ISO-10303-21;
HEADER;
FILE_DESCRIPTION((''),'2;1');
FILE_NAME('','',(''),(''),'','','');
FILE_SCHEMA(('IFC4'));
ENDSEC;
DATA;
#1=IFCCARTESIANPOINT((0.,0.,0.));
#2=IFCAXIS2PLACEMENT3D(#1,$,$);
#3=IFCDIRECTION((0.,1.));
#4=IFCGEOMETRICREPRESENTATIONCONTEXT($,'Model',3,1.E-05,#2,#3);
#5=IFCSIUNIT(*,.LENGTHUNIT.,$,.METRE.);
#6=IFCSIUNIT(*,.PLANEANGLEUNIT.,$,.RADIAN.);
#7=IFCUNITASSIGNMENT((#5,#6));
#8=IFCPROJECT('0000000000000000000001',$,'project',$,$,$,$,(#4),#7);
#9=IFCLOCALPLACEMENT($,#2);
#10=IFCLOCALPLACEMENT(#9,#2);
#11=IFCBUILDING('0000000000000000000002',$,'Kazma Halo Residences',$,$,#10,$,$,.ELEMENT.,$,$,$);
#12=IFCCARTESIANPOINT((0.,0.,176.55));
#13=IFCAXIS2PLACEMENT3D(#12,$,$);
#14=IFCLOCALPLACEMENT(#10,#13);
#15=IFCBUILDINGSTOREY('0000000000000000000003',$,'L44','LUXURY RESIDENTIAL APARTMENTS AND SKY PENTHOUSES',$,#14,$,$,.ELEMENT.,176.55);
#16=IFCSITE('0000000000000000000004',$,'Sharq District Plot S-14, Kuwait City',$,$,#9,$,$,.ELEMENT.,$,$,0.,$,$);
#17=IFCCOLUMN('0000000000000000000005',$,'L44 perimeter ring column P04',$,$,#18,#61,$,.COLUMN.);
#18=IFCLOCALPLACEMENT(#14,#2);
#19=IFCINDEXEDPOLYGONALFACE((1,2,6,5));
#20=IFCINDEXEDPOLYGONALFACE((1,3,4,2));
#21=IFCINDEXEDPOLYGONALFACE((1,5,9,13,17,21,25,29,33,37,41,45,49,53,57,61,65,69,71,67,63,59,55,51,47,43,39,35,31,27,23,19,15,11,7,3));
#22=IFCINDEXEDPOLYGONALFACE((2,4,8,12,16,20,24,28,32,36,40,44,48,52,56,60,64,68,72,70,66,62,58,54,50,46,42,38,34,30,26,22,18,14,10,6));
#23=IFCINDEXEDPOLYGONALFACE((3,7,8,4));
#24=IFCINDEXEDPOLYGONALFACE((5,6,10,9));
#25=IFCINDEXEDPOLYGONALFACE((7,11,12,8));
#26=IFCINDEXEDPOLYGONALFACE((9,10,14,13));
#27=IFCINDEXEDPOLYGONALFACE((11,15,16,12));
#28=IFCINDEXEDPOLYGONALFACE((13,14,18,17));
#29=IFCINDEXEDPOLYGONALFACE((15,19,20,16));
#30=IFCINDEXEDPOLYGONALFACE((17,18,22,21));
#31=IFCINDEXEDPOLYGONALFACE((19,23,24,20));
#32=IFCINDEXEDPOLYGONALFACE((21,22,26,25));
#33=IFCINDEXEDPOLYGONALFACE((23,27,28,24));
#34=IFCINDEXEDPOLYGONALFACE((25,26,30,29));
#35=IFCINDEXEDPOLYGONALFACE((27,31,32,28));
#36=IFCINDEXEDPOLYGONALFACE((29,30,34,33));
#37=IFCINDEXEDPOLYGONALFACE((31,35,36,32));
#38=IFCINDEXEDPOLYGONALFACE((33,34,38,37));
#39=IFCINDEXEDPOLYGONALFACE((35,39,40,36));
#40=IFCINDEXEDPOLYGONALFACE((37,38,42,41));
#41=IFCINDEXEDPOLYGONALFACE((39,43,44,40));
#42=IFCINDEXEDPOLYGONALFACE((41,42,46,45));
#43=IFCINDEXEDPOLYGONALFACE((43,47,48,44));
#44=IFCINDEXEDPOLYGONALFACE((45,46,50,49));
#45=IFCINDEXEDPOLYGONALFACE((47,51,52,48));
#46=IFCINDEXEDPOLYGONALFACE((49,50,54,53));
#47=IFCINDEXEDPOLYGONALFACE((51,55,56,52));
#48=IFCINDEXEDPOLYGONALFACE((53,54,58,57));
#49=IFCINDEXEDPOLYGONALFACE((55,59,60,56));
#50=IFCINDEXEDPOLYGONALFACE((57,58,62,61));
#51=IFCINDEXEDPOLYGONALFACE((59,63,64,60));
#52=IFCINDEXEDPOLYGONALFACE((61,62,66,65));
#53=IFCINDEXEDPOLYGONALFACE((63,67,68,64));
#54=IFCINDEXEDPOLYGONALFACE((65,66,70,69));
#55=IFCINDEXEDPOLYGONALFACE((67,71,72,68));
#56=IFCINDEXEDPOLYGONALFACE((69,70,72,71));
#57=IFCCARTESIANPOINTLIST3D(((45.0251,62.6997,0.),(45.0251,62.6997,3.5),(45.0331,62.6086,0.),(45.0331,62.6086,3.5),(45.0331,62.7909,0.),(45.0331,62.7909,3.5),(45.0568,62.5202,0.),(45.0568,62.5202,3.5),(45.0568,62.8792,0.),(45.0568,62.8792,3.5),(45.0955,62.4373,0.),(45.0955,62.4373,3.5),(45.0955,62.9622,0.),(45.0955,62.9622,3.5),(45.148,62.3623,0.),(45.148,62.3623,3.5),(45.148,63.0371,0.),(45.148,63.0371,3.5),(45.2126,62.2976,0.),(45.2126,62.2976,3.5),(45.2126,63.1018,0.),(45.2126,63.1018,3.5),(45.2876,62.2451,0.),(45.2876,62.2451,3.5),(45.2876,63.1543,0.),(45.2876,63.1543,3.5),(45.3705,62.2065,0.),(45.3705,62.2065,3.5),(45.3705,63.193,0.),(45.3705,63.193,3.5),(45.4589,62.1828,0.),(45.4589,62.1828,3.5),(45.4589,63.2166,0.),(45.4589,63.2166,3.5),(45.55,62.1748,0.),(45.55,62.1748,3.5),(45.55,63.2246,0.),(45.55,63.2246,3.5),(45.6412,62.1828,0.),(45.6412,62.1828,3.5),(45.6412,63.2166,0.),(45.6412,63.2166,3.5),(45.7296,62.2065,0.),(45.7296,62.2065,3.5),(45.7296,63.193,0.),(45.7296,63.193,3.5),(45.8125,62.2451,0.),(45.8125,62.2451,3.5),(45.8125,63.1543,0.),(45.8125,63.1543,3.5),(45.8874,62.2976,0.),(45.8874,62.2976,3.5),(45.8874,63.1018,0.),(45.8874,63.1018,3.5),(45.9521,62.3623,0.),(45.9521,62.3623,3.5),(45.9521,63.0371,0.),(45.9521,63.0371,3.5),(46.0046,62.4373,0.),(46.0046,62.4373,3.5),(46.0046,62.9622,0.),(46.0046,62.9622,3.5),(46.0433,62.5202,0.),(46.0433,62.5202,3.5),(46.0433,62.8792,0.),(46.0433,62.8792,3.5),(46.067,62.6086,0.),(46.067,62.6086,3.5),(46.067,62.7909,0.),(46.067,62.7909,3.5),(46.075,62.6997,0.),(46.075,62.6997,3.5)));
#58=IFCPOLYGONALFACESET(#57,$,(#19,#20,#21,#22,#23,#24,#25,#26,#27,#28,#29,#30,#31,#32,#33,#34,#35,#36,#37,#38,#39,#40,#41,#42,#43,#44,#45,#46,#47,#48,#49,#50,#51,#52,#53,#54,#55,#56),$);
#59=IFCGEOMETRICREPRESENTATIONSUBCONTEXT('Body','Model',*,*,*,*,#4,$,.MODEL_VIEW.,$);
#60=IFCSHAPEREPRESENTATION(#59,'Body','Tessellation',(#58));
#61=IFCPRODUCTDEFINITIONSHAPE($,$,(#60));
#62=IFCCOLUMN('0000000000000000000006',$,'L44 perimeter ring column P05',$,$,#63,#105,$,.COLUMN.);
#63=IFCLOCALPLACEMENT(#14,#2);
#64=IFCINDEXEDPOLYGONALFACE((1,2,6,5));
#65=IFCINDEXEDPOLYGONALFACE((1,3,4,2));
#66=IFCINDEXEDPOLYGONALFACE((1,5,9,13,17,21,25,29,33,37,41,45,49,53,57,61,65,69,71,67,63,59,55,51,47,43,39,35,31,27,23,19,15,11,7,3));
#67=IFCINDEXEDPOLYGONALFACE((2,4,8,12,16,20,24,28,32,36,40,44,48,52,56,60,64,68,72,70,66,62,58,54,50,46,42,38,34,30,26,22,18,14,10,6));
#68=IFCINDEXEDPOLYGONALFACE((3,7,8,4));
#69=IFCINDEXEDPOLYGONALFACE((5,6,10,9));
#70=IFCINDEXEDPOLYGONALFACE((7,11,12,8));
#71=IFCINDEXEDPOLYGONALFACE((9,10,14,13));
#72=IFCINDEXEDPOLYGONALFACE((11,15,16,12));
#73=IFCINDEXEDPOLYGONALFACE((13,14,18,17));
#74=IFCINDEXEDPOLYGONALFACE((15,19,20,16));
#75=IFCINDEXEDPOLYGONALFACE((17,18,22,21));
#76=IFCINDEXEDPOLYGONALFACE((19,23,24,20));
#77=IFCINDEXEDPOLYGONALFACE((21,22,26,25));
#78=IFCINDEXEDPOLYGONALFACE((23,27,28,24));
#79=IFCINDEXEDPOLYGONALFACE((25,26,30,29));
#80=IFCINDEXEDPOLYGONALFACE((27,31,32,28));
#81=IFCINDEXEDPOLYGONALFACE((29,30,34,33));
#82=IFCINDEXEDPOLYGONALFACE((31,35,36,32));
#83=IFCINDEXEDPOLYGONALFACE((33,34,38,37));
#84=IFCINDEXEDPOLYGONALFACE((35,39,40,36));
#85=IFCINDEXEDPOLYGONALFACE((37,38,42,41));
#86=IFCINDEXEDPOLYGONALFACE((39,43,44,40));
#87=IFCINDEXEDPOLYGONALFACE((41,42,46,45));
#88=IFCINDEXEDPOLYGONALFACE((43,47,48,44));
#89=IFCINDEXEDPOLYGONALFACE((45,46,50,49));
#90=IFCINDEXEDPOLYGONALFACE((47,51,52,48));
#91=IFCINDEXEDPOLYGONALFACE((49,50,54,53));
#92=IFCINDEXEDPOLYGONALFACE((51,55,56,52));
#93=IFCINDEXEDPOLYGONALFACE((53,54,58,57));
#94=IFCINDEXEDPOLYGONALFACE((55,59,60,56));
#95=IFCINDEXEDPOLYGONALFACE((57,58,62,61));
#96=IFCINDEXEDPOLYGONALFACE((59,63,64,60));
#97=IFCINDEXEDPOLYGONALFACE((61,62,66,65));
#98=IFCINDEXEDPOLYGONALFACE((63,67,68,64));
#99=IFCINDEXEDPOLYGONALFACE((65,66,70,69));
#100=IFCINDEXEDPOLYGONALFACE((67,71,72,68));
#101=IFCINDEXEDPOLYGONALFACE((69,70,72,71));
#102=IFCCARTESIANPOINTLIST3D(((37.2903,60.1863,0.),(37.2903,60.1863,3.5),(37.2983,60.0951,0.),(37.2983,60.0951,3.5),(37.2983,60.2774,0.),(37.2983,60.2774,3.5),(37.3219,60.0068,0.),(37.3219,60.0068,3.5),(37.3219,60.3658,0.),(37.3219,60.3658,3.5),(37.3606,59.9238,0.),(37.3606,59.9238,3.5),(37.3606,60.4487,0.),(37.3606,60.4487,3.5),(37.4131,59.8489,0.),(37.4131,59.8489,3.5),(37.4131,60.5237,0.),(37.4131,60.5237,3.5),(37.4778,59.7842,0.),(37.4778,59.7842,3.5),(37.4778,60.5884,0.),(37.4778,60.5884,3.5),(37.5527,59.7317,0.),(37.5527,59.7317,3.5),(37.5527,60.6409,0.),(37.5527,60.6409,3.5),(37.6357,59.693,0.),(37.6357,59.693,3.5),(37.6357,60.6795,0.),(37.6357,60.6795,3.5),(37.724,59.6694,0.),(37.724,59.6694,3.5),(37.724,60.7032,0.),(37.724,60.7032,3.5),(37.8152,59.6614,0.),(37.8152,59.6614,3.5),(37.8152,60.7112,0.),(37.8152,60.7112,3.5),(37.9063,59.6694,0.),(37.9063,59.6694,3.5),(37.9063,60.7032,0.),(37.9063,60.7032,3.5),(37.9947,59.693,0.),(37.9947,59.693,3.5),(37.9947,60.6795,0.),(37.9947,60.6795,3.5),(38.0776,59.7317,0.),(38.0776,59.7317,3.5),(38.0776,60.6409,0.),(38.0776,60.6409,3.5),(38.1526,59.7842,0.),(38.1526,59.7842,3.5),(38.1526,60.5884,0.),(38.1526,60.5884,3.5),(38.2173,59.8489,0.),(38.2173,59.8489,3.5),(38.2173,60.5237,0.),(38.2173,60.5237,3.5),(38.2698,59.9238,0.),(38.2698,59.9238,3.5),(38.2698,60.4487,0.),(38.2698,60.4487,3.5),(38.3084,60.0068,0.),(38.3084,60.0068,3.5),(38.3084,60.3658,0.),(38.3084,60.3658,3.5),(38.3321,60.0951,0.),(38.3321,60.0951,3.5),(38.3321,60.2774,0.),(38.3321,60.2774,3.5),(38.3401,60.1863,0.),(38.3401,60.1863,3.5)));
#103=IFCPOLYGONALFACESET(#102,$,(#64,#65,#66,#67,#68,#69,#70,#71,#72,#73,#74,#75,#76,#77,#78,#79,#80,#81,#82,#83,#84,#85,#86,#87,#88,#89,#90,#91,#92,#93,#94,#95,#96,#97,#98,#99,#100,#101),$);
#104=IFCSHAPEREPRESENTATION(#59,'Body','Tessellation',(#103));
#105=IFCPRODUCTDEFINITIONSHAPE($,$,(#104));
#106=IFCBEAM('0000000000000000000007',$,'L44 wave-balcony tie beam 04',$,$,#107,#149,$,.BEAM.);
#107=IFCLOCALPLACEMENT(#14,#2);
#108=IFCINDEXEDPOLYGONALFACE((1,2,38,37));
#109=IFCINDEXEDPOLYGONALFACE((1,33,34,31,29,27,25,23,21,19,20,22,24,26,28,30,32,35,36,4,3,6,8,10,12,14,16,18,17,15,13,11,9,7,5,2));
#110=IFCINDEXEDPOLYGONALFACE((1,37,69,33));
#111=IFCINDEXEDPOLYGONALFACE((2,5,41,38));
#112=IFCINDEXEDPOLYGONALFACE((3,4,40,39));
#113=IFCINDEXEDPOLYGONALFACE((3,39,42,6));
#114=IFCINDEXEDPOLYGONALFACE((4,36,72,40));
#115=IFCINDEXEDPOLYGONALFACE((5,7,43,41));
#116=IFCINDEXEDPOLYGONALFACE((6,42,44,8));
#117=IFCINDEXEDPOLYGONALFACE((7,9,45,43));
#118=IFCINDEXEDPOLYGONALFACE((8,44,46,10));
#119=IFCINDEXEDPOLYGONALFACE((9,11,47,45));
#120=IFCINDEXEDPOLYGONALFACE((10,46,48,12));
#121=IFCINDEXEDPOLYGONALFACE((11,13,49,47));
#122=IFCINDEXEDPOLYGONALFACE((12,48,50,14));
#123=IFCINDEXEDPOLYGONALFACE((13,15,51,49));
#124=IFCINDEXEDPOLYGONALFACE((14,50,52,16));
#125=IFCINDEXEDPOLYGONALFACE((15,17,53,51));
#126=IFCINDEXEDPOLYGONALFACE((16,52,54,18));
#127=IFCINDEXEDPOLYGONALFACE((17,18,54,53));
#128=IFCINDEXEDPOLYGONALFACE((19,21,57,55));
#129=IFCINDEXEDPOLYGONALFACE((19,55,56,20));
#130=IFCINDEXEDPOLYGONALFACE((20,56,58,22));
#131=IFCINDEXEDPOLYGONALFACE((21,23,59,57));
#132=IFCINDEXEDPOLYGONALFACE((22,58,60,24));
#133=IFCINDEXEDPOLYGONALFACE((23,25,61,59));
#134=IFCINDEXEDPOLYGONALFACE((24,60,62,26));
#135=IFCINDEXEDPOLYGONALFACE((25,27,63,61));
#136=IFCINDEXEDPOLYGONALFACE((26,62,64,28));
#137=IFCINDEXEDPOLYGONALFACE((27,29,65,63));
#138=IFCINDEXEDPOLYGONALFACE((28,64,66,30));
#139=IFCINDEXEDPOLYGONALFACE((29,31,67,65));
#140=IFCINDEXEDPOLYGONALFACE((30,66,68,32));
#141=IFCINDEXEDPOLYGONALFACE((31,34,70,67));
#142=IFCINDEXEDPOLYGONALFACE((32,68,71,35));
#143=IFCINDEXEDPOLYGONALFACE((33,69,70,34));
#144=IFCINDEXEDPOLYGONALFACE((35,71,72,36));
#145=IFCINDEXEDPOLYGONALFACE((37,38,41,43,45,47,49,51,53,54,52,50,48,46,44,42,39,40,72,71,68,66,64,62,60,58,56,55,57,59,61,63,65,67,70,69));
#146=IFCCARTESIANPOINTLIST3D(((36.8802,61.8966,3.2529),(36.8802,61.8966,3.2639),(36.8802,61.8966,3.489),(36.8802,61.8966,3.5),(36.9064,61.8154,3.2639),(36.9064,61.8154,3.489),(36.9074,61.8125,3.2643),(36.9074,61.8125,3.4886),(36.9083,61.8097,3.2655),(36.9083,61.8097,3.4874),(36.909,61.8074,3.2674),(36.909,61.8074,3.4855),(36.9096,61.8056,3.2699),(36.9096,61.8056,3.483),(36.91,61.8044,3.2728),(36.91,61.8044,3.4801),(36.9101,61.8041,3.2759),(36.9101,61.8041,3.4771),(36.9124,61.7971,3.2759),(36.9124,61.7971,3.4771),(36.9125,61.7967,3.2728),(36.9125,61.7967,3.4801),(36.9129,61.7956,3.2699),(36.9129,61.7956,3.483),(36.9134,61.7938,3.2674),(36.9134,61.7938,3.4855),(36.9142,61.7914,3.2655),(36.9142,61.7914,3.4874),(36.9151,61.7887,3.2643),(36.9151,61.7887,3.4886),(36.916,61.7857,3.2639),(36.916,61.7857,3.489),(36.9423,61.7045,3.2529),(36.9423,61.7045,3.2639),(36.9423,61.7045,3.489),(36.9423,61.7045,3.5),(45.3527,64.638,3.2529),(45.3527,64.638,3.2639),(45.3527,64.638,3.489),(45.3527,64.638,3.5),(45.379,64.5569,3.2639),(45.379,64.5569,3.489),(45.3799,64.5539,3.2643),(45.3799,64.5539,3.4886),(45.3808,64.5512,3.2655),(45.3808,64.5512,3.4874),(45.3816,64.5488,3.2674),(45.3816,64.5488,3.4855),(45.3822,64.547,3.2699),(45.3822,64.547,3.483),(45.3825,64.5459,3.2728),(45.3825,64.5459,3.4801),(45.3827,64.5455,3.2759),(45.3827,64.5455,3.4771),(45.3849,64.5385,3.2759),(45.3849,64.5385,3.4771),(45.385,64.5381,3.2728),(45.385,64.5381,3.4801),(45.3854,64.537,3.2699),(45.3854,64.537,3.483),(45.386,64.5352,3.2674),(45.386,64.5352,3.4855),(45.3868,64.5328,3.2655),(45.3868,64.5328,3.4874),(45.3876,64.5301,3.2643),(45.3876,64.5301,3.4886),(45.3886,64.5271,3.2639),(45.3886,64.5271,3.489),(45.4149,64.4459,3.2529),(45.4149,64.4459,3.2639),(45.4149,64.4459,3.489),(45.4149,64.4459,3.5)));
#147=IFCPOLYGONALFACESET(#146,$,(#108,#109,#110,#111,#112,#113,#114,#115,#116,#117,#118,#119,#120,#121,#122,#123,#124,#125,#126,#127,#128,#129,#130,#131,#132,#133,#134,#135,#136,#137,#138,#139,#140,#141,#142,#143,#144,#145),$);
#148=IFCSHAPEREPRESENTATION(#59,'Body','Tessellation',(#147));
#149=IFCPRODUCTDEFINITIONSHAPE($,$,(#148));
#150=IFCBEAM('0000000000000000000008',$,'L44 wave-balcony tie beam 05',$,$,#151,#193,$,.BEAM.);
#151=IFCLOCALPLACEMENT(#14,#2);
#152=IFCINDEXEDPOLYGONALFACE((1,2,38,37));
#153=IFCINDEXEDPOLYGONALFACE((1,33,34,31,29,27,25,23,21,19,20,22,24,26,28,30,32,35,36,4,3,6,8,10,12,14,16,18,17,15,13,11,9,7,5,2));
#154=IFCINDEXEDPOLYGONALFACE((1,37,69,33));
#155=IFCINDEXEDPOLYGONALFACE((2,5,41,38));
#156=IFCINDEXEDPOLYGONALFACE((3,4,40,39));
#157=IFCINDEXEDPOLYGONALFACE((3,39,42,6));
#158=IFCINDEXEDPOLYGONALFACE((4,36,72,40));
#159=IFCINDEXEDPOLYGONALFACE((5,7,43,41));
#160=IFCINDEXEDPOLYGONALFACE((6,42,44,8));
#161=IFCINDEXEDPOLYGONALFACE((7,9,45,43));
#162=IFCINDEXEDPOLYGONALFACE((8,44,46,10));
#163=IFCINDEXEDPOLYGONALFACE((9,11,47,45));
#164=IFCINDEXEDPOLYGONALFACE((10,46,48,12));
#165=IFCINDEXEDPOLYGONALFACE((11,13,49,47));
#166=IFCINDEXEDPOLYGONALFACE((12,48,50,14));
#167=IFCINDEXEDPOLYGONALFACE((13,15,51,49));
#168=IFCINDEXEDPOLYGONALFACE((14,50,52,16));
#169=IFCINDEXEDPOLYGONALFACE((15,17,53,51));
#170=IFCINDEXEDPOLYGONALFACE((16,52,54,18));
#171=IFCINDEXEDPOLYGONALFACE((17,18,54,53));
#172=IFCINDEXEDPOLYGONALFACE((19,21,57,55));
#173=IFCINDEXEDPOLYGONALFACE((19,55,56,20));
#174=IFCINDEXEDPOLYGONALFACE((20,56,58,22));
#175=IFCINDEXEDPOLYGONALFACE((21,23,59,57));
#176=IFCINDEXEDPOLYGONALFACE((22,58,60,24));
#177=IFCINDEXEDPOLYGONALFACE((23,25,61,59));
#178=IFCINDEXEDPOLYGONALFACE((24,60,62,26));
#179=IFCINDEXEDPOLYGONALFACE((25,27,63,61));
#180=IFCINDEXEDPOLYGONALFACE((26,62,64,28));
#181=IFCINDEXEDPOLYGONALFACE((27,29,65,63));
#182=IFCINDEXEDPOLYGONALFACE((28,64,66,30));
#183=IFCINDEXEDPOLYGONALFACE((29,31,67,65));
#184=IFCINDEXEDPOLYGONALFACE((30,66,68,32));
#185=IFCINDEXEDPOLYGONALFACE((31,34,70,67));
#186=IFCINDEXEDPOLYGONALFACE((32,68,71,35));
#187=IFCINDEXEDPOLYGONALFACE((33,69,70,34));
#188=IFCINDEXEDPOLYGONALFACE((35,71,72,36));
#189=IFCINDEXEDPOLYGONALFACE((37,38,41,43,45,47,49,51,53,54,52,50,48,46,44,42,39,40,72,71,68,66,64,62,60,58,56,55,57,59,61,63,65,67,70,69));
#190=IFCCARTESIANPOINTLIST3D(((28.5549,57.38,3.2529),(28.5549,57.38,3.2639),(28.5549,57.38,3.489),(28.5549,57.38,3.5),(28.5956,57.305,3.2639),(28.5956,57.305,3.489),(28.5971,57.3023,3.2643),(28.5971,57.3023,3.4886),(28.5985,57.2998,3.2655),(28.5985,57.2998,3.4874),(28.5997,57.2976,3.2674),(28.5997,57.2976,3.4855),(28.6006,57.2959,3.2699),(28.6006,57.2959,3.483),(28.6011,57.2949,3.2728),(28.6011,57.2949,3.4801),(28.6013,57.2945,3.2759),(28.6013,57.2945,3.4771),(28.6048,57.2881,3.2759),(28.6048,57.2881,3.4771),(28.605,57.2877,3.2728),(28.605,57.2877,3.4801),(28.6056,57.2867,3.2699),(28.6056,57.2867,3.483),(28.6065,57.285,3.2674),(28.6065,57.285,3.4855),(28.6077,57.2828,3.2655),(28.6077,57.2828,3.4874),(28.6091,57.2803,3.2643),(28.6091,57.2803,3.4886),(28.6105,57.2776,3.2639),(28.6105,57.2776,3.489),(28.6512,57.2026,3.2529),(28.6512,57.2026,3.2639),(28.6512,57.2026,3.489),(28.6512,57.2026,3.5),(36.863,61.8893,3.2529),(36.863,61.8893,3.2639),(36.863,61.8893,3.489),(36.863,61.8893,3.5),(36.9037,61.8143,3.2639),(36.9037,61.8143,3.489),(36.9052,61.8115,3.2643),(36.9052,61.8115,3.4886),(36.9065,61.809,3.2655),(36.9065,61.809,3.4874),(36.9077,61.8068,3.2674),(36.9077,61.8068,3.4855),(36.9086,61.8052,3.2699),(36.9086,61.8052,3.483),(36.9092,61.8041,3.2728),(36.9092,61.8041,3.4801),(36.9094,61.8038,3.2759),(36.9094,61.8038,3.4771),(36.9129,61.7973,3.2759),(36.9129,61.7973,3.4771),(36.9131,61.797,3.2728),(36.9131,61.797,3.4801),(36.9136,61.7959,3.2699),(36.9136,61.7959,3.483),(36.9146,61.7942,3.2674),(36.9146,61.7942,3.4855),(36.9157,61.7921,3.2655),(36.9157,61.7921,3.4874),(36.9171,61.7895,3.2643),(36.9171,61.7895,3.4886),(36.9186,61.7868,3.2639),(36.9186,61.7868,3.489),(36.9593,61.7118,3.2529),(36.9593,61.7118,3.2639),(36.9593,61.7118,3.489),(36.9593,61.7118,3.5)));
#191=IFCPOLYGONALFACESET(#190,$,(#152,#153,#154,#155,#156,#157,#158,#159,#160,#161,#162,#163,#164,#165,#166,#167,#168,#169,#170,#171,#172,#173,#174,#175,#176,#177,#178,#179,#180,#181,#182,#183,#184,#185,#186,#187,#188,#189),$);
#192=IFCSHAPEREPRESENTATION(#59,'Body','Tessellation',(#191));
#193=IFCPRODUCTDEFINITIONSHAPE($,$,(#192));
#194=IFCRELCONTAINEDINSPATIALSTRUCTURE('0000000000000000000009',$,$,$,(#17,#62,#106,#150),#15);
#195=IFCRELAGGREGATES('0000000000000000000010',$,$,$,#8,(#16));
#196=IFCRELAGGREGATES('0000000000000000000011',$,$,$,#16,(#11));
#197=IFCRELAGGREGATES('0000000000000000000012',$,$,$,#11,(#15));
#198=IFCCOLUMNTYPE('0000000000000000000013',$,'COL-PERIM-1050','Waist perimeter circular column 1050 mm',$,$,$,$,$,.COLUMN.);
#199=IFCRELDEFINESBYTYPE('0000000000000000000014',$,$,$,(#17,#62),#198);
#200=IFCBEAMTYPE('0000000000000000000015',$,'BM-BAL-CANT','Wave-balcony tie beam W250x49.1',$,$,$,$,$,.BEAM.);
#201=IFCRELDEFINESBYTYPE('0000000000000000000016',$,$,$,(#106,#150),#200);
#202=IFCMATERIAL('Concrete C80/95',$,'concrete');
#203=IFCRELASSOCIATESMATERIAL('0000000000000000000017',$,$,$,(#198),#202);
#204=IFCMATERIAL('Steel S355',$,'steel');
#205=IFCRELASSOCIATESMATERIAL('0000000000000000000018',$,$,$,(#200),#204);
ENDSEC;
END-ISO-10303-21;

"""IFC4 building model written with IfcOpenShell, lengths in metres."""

from ifc_helpers import new_model, si_unit, direction, frame, origin, origin_2d, place, context, subcontext, project, spatial, circle, i_section, extrude, material, material_profile, profile_set, type_object, element, save


model = new_model("IFC4")

# Units and contexts
model_context = context("Model", 3, precision=1e-05, world=origin(), true_north=direction((0.0, 1.0)))
body_context = subcontext(model_context, "Body", "Model", "MODEL_VIEW")
ifc_project = project(units=[si_unit("LENGTHUNIT", "METRE"), si_unit("PLANEANGLEUNIT", "RADIAN")], contexts=[model_context])

# Site, building, storey
site_placement = place(None, origin())
site = spatial("IfcSite", under=ifc_project, at=site_placement, Name="Sharq District Plot S-14, Kuwait City", CompositionType="ELEMENT", RefElevation=0.0)
building_placement = place(site_placement, origin())
building = spatial("IfcBuilding", under=site, at=building_placement, Name="Kazma Halo Residences", CompositionType="ELEMENT")
storey_placement = place(building_placement, frame((0.0, 0.0, 176.55)))
storey = spatial("IfcBuildingStorey", under=building, at=storey_placement, Name="L44", Description="LUXURY RESIDENTIAL APARTMENTS AND SKY PENTHOUSES", CompositionType="ELEMENT", Elevation=176.55)

# Columns
ifc_material_1 = material(Name="Concrete C80/95", Category="concrete")
ifc_material_profile_1 = material_profile(ifc_material_1, circle(Radius=0.5249, at=origin_2d()), Name="CIRC1050")
ifc_profile_set_1 = profile_set([ifc_material_profile_1], Name="Concrete C80/95")
column_type = type_object("IfcColumnType", Name="COL-PERIM-1050", Description="Waist perimeter circular column 1050 mm", PredefinedType="COLUMN", material=ifc_profile_set_1)
for number, where, z_axis, x_axis, name in (
    (1, (45.55, 62.6997, 0.0), (0.0, 0.0, 1.0), (1.0, 0.0, 0.0), "L44 perimeter ring column P04"),
    (2, (37.8152, 60.1863, 0.0), (0.0, 0.0, 1.0), (1.0, 0.0, 0.0), "L44 perimeter ring column P05"),
):
    element("IfcColumn", number, at=place(storey_placement, frame(where, z_axis=z_axis, x_axis=x_axis)), inside=storey, type_object=column_type, Name=name, PredefinedType="COLUMN", context=body_context, shape_type="SweptSolid", body=[
        extrude(circle(Radius=0.5249, at=origin_2d()), origin(), (0.0, 0.0, 1.0), 3.5),
    ])

# Beams
ifc_material_2 = material(Name="Steel S355", Category="steel")
ifc_material_profile_2 = material_profile(ifc_material_2, i_section(OverallWidth=0.2019, OverallDepth=0.2471, WebThickness=0.0073, FlangeThickness=0.011, FilletRadius=0.012, at=origin_2d()), Name="W250x49.1")
ifc_profile_set_2 = profile_set([ifc_material_profile_2], Name="Steel S355")
beam_type_1 = type_object("IfcBeamType", Name="BM-BAL-CANT", Description="Wave-balcony tie beam W250x49.1", PredefinedType="BEAM", material=ifc_profile_set_2)
beam_1_placement = place(storey_placement, frame((45.3838, 64.542, 3.3765), z_axis=(-0.951435, -0.307851, 0.0), x_axis=(0.307851, -0.951435, 0.0)))
element("IfcBeam", 3, at=beam_1_placement, inside=storey, type_object=beam_type_1, Name="L44 wave-balcony tie beam 04", PredefinedType="BEAM", context=body_context, shape_type="SweptSolid", body=[
    extrude(i_section(OverallWidth=0.2019, OverallDepth=0.2471, WebThickness=0.0073, FlangeThickness=0.011, FilletRadius=0.012, at=origin_2d()), origin(), (0.0, 0.0, 1.0), 8.905),
])
beam_2_placement = place(storey_placement, frame((36.9111, 61.8005, 3.3765), z_axis=(-0.878891, -0.477023, 0.0), x_axis=(0.477023, -0.878891, 0.0)))
element("IfcBeam", 4, at=beam_2_placement, inside=storey, type_object=beam_type_1, Name="L44 wave-balcony tie beam 05", PredefinedType="BEAM", context=body_context, shape_type="SweptSolid", body=[
    extrude(i_section(OverallWidth=0.2019, OverallDepth=0.2471, WebThickness=0.0073, FlangeThickness=0.011, FilletRadius=0.012, at=origin_2d()), origin(), (0.0, 0.0, 1.0), 9.4529),
])

save(model, "model.ifc")
